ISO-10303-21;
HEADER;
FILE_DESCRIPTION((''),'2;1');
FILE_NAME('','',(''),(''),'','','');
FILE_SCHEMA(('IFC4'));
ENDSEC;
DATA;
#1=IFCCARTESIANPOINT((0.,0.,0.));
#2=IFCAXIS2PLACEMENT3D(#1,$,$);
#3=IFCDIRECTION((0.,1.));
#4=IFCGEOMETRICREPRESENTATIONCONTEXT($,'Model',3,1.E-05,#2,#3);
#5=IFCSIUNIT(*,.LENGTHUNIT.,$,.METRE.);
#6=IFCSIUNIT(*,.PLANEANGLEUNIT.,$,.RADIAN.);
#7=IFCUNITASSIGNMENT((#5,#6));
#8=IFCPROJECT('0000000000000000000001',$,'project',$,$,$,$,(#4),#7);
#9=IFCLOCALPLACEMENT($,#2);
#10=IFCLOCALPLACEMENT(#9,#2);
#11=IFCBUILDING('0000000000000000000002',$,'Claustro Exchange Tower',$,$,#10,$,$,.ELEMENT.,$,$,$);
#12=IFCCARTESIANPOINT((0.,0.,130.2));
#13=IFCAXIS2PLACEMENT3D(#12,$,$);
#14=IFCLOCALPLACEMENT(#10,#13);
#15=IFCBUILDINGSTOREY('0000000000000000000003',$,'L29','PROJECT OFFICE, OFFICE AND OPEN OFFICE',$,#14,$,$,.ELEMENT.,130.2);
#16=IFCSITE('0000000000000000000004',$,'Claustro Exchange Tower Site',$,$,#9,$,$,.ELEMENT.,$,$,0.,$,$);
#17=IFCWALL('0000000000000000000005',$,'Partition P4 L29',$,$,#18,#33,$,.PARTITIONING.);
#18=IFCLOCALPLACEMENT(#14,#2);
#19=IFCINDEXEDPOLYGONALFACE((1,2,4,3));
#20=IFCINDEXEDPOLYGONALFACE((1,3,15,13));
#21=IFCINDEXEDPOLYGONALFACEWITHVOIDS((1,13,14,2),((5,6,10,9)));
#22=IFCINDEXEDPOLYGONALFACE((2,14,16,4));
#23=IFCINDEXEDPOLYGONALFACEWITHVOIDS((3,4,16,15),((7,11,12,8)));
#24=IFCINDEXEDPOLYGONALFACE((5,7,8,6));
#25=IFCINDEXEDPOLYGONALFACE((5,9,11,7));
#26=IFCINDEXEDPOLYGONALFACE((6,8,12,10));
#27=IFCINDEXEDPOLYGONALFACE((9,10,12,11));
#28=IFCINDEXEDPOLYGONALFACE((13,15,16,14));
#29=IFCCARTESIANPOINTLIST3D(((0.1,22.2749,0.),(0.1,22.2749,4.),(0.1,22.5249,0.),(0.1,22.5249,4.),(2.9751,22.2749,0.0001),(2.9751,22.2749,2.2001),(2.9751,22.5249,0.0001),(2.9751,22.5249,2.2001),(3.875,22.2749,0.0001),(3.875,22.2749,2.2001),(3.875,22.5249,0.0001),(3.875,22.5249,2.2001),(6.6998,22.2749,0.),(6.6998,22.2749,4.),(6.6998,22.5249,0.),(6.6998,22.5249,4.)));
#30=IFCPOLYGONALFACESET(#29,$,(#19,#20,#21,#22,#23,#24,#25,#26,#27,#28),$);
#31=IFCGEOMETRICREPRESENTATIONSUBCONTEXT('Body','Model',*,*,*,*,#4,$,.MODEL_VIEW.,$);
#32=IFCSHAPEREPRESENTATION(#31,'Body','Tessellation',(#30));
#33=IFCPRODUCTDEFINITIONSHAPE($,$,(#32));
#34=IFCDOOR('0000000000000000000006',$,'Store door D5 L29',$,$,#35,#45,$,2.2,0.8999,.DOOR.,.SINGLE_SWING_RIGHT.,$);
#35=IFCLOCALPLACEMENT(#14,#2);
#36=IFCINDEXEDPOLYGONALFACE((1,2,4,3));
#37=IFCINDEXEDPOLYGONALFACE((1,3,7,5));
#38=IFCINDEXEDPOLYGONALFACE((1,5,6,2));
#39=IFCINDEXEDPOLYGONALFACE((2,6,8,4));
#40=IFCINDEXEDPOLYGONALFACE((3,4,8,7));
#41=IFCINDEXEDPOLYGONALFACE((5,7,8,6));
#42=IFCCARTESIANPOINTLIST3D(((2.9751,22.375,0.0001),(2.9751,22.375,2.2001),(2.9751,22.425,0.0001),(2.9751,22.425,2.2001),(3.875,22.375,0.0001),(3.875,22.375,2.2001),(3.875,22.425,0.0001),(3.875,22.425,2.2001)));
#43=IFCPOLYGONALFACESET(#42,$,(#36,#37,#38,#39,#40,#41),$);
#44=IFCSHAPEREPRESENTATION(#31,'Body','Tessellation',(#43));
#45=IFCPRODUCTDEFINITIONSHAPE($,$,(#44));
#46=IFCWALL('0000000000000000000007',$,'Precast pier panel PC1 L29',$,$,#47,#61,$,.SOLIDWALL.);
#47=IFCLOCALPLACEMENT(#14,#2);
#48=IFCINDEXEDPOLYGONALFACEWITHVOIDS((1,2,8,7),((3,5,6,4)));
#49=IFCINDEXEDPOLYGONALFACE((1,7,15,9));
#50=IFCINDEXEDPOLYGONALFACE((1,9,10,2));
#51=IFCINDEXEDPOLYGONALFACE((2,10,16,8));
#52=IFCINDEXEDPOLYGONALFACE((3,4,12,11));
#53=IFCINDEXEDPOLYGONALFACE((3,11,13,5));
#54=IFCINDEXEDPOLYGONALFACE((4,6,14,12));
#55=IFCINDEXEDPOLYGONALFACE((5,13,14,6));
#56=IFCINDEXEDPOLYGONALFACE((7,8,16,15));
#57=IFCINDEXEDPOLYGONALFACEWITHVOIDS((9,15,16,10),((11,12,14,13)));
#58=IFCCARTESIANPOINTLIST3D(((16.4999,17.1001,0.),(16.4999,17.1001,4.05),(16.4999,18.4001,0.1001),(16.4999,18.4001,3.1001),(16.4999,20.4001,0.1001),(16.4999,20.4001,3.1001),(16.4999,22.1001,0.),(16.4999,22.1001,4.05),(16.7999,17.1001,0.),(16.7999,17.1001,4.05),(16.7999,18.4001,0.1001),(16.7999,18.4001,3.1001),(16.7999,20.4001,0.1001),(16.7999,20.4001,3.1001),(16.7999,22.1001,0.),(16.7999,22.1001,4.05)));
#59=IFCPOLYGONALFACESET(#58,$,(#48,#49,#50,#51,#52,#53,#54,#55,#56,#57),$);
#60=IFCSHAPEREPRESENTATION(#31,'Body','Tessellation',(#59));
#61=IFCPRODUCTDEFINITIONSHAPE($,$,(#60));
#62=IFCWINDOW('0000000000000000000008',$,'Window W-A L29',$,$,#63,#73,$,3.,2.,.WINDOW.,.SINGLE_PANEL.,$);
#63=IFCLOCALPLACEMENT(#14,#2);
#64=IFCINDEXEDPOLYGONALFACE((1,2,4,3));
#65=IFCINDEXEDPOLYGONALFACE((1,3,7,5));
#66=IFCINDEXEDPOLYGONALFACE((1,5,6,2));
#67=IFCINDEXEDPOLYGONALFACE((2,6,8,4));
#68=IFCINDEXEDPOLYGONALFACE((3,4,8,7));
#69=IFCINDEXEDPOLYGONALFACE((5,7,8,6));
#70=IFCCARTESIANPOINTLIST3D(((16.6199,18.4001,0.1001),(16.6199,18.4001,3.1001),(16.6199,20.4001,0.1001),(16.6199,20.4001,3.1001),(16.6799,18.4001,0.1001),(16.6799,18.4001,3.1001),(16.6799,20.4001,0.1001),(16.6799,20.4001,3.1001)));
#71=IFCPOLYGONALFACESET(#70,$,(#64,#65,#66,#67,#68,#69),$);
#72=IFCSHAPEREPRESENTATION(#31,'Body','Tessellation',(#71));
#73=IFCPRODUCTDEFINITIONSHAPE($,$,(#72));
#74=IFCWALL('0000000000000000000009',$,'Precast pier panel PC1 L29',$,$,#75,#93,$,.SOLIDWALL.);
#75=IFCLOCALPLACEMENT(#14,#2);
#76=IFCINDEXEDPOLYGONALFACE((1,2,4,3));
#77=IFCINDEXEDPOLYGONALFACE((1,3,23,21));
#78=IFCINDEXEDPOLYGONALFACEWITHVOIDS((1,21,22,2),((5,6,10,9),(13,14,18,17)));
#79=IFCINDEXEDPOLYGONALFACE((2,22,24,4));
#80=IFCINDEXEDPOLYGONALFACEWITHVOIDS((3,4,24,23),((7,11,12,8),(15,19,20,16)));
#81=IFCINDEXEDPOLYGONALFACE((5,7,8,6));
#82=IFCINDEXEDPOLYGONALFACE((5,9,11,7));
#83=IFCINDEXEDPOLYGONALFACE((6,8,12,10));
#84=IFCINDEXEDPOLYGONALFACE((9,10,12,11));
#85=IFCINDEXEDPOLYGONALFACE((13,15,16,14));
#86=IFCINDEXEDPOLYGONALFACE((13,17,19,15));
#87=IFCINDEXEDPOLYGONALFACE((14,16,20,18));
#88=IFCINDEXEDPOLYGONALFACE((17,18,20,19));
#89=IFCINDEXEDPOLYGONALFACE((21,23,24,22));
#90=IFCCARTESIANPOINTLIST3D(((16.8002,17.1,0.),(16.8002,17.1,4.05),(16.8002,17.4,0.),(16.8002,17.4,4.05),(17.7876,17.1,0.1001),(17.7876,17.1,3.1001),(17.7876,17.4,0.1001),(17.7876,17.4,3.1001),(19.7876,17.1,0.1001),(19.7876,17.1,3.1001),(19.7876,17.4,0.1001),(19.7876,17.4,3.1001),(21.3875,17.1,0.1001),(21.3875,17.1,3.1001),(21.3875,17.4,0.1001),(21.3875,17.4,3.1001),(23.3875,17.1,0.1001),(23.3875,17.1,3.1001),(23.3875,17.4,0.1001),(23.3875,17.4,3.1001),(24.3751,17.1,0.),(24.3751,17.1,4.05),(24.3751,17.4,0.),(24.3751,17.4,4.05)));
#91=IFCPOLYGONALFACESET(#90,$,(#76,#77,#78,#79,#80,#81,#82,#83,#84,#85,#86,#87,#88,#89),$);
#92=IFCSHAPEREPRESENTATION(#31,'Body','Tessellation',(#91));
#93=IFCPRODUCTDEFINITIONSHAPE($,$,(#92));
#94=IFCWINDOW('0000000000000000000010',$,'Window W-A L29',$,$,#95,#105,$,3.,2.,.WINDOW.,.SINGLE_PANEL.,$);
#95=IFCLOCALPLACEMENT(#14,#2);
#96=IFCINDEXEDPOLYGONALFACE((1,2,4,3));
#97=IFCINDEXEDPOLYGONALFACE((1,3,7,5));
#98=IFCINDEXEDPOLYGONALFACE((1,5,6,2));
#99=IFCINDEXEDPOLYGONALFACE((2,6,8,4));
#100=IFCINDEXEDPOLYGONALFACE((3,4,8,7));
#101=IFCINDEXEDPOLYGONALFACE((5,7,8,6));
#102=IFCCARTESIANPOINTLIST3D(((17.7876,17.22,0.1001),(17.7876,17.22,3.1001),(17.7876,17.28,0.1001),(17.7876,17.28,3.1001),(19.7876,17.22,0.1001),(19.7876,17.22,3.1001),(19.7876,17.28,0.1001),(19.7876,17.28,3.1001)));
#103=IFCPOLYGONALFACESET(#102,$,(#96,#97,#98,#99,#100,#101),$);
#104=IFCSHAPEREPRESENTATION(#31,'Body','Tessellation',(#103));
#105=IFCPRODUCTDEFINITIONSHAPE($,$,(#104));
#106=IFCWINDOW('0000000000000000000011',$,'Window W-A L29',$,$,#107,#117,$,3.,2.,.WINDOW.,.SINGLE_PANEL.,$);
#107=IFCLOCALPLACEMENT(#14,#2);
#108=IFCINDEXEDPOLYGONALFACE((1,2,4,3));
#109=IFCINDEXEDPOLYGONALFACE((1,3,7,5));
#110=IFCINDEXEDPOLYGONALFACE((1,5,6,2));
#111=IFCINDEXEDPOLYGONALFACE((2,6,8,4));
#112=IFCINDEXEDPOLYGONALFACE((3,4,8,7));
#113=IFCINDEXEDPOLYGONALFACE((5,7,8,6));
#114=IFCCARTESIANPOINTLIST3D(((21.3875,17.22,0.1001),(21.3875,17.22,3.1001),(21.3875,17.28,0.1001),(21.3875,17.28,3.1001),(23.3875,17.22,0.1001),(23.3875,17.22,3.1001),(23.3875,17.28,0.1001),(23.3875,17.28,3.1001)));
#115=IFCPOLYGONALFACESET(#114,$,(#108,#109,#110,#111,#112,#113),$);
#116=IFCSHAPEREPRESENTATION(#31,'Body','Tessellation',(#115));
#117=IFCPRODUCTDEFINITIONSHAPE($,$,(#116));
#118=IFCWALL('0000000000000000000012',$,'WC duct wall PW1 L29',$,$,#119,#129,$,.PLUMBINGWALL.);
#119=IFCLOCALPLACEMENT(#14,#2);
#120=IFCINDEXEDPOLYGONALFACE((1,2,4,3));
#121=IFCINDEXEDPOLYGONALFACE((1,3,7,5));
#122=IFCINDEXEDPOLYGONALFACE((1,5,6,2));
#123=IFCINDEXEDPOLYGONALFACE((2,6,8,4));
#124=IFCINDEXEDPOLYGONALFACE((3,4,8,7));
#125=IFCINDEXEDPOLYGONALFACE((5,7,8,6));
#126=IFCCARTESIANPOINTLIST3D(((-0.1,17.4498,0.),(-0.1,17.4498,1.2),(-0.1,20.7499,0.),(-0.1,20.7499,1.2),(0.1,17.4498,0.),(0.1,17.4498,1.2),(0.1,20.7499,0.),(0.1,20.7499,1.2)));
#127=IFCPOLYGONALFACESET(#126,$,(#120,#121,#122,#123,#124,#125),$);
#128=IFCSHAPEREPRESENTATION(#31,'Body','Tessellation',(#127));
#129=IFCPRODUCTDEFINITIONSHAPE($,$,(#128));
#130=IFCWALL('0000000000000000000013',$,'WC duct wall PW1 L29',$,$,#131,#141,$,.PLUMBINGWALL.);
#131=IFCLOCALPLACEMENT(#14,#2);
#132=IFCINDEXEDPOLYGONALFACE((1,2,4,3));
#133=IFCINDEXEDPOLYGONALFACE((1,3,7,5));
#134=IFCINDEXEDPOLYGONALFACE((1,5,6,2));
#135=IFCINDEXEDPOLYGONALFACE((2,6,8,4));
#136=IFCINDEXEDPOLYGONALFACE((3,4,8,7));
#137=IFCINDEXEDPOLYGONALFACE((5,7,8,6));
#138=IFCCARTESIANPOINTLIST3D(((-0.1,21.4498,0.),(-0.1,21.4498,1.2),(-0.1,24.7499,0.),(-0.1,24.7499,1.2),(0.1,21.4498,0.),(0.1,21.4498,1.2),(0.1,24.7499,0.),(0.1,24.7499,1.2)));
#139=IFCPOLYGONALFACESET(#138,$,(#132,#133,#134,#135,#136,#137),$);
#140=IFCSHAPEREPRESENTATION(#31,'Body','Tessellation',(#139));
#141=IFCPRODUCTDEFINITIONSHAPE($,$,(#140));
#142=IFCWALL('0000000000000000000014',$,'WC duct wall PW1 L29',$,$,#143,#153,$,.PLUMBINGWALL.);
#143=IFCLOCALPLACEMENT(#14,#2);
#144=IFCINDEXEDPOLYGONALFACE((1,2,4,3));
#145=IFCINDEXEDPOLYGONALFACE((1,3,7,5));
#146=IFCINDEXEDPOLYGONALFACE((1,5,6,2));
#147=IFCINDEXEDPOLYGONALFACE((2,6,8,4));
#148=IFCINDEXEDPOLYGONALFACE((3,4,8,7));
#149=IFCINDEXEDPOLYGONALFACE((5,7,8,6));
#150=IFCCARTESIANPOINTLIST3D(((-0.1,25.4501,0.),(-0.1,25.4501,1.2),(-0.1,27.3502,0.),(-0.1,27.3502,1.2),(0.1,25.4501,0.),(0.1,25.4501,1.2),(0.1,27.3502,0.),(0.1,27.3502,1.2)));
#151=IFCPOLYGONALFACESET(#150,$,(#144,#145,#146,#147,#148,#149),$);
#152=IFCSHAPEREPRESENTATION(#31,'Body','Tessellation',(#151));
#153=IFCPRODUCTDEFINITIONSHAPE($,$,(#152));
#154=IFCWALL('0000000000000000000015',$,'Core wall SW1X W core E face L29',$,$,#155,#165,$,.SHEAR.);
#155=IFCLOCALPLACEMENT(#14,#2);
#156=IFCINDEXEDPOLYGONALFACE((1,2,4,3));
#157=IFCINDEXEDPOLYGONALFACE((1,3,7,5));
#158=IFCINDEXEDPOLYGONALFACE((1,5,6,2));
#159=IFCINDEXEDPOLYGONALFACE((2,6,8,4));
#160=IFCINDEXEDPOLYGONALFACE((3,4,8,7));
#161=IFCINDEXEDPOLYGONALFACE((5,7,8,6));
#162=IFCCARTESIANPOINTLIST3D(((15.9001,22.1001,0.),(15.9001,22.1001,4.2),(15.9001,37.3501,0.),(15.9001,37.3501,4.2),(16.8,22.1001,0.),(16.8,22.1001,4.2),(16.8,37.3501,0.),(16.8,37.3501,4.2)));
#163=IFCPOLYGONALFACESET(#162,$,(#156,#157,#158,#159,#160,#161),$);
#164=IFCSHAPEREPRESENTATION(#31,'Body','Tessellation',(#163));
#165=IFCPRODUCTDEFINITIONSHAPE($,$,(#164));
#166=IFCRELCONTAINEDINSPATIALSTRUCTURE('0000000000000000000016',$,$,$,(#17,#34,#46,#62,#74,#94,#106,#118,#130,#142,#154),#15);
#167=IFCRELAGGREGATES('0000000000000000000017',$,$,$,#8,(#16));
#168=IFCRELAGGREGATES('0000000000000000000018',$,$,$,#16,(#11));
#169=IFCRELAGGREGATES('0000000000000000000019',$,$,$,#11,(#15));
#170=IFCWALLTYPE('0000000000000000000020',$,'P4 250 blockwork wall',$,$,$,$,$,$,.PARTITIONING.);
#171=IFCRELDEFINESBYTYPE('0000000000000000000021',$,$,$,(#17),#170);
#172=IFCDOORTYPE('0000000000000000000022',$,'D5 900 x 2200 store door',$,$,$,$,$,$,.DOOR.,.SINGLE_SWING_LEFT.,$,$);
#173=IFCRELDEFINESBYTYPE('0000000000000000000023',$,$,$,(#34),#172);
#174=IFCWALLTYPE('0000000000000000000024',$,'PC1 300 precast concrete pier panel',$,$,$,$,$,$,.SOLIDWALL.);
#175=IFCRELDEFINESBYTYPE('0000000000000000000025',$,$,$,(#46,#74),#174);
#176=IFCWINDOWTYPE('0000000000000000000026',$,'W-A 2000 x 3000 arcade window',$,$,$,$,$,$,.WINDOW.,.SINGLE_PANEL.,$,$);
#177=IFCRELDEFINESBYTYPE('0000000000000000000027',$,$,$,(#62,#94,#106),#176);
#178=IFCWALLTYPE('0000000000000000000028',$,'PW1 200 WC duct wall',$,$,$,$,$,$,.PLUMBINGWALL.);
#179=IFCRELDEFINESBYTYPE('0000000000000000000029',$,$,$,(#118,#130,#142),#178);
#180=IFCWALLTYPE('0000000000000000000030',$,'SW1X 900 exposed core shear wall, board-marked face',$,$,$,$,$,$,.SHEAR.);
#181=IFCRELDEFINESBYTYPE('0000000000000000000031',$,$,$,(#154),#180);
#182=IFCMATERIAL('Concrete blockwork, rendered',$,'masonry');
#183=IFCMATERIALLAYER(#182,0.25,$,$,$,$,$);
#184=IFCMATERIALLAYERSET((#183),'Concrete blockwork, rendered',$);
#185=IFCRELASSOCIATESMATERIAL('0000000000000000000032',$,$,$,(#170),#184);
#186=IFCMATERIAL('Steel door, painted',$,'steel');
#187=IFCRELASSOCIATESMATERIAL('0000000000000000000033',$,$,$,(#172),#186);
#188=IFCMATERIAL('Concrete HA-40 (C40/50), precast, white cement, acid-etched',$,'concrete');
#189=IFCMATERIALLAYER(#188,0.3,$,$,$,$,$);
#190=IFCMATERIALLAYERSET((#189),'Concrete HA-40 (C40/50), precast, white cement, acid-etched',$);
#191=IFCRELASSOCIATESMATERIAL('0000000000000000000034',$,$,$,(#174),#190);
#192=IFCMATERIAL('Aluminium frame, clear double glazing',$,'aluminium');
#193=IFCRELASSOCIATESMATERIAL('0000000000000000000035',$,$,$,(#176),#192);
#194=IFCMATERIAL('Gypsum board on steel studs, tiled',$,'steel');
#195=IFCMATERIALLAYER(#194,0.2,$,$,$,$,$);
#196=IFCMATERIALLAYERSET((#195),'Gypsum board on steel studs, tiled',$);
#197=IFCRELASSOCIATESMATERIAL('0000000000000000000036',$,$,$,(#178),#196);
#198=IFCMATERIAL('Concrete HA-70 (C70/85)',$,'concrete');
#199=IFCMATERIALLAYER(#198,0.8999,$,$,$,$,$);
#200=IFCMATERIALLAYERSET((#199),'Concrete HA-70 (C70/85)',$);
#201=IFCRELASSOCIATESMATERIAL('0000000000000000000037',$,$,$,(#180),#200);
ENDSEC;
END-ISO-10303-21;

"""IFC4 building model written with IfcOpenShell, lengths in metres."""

from ifc_helpers import new_model, si_unit, direction, frame, frame_2d, origin, place, context, subcontext, project, spatial, rectangle, extrude, material, layer, layer_set, type_object, element, fill, save


model = new_model("IFC4")

# Units and contexts
model_context = context("Model", 3, precision=1e-05, world=origin(), true_north=direction((0.0, 1.0)))
body_context = subcontext(model_context, "Body", "Model", "MODEL_VIEW")
ifc_project = project(units=[si_unit("LENGTHUNIT", "METRE"), si_unit("PLANEANGLEUNIT", "RADIAN")], contexts=[model_context])

# Site, building, storey
site_placement = place(None, origin())
site = spatial("IfcSite", under=ifc_project, at=site_placement, Name="Claustro Exchange Tower Site", CompositionType="ELEMENT", RefElevation=0.0)
building_placement = place(site_placement, origin())
building = spatial("IfcBuilding", under=site, at=building_placement, Name="Claustro Exchange Tower", CompositionType="ELEMENT")
storey_placement = place(building_placement, frame((0.0, 0.0, 130.2)))
storey = spatial("IfcBuildingStorey", under=building, at=storey_placement, Name="L29", Description="PROJECT OFFICE, OFFICE AND OPEN OFFICE", CompositionType="ELEMENT", Elevation=130.2)

# Wall, opening, door
ifc_material_1 = material(Name="Concrete blockwork, rendered", Category="masonry")
ifc_layer_1 = layer(ifc_material_1, 0.25)
ifc_layer_set_1 = layer_set([ifc_layer_1], Name="Concrete blockwork, rendered")
wall_type_1 = type_object("IfcWallType", Name="P4 250 blockwork wall", PredefinedType="PARTITIONING", material=ifc_layer_set_1)
wall_1_placement = place(storey_placement, frame((0.1001, 22.3999, 0.0), z_axis=(0.0, 0.0, 1.0), x_axis=(1.0, 0.0, 0.0)))
wall_1 = element("IfcWall", 1, at=wall_1_placement, inside=storey, type_object=wall_type_1, Name="Partition P4 L29", PredefinedType="PARTITIONING", context=body_context, shape_type="SweptSolid", body=[
    extrude(rectangle(XDim=6.5999, YDim=0.25, at=frame_2d((3.2998, 0.0))), origin(), (0.0, 0.0, 1.0), 4.0),
])
opening_1_placement = place(wall_1_placement, frame((2.875, 0.0, 0.0)))
opening_1 = element("IfcOpeningElement", 2, at=opening_1_placement, cuts=wall_1, PredefinedType="OPENING", context=body_context, shape_type="SweptSolid", body=[
    extrude(rectangle(XDim=0.8999, YDim=2.2, at=frame_2d((0.45, 1.1001))), frame((0.0, 0.135, 0.0), z_axis=(0.0, -1.0, 0.0), x_axis=(1.0, 0.0, 0.0)), (0.0, 0.0, 1.0), 0.27),
])
ifc_material_2 = material(Name="Steel door, painted", Category="steel")
door_type_1 = type_object("IfcDoorType", Name="D5 900 x 2200 store door", OperationType="SINGLE_SWING_LEFT", PredefinedType="DOOR", material=ifc_material_2)
door_1_placement = place(opening_1_placement, frame((0.8999, 0.0, 0.0), z_axis=(0.0, 0.0, 1.0), x_axis=(-1.0, 0.0, 0.0)))
door_1 = element("IfcDoor", 3, at=door_1_placement, inside=storey, type_object=door_type_1, Name="Store door D5 L29", OperationType="SINGLE_SWING_RIGHT", OverallHeight=2.2, OverallWidth=0.8999, PredefinedType="DOOR", context=body_context, shape_type="SweptSolid", body=[
    extrude(rectangle(XDim=0.8999, YDim=2.2, at=frame_2d((0.45, 1.1001))), frame((0.0, 0.0249, 0.0), z_axis=(0.0, -1.0, 0.0), x_axis=(1.0, 0.0, 0.0)), (0.0, 0.0, 1.0), 0.05),
])
fill(opening_1, door_1)

# Wall, opening, window
ifc_material_3 = material(Name="Concrete HA-40 (C40/50), precast, white cement, acid-etched", Category="concrete")
ifc_layer_2 = layer(ifc_material_3, 0.3)
ifc_layer_set_2 = layer_set([ifc_layer_2], Name="Concrete HA-40 (C40/50), precast, white cement, acid-etched")
wall_type_2 = type_object("IfcWallType", Name="PC1 300 precast concrete pier panel", PredefinedType="SOLIDWALL", material=ifc_layer_set_2)
wall_2_placement = place(storey_placement, frame((16.6499, 17.1001, 0.0), z_axis=(0.0, 0.0, 1.0), x_axis=(0.0, 1.0, 0.0)))
wall_2 = element("IfcWall", 4, at=wall_2_placement, inside=storey, type_object=wall_type_2, Name="Precast pier panel PC1 L29", PredefinedType="SOLIDWALL", context=body_context, shape_type="SweptSolid", body=[
    extrude(rectangle(XDim=5.0, YDim=0.3, at=frame_2d((2.5, 0.0))), origin(), (0.0, 0.0, 1.0), 4.05),
])
opening_2_placement = place(wall_2_placement, frame((1.3, 0.0, 0.1001)))
opening_2 = element("IfcOpeningElement", 5, at=opening_2_placement, cuts=wall_2, PredefinedType="OPENING", context=body_context, shape_type="SweptSolid", body=[
    extrude(rectangle(XDim=2.0, YDim=3.0, at=frame_2d((1.0, 1.5))), frame((0.0, 0.1599, 0.0), z_axis=(0.0, -1.0, 0.0), x_axis=(1.0, 0.0, 0.0)), (0.0, 0.0, 1.0), 0.3201),
])
ifc_material_4 = material(Name="Aluminium frame, clear double glazing", Category="aluminium")
window_type = type_object("IfcWindowType", Name="W-A 2000 x 3000 arcade window", PartitioningType="SINGLE_PANEL", PredefinedType="WINDOW", material=ifc_material_4)
window_1_placement = place(opening_2_placement, origin())
window_1 = element("IfcWindow", 6, at=window_1_placement, inside=storey, type_object=window_type, Name="Window W-A L29", OverallHeight=3.0, OverallWidth=2.0, PartitioningType="SINGLE_PANEL", PredefinedType="WINDOW", context=body_context, shape_type="SweptSolid", body=[
    extrude(rectangle(XDim=2.0, YDim=3.0, at=frame_2d((1.0, 1.5))), frame((0.0, 0.03, 0.0), z_axis=(0.0, -1.0, 0.0), x_axis=(1.0, 0.0, 0.0)), (0.0, 0.0, 1.0), 0.0601),
])
fill(opening_2, window_1)

# Wall, openings, windows
wall_3_placement = place(storey_placement, frame((16.8, 17.25, 0.0), z_axis=(0.0, 0.0, 1.0), x_axis=(1.0, 0.0, 0.0)))
wall_3 = element("IfcWall", 7, at=wall_3_placement, inside=storey, type_object=wall_type_2, Name="Precast pier panel PC1 L29", PredefinedType="SOLIDWALL", context=body_context, shape_type="SweptSolid", body=[
    extrude(rectangle(XDim=7.575, YDim=0.3, at=frame_2d((3.7876, 0.0))), origin(), (0.0, 0.0, 1.0), 4.05),
])
opening_3_placement = place(wall_3_placement, frame((0.9875, 0.0, 0.1001)))
opening_3 = element("IfcOpeningElement", 8, at=opening_3_placement, cuts=wall_3, PredefinedType="OPENING", context=body_context, shape_type="SweptSolid", body=[
    extrude(rectangle(XDim=2.0, YDim=3.0, at=frame_2d((1.0, 1.5))), frame((0.0, 0.1599, 0.0), z_axis=(0.0, -1.0, 0.0), x_axis=(1.0, 0.0, 0.0)), (0.0, 0.0, 1.0), 0.3201),
])
opening_4_placement = place(wall_3_placement, frame((4.5874, 0.0, 0.1001)))
opening_4 = element("IfcOpeningElement", 9, at=opening_4_placement, cuts=wall_3, PredefinedType="OPENING", context=body_context, shape_type="SweptSolid", body=[
    extrude(rectangle(XDim=2.0, YDim=3.0, at=frame_2d((1.0, 1.5))), frame((0.0, 0.1599, 0.0), z_axis=(0.0, -1.0, 0.0), x_axis=(1.0, 0.0, 0.0)), (0.0, 0.0, 1.0), 0.3201),
])
window_2_placement = place(opening_3_placement, origin())
window_2 = element("IfcWindow", 10, at=window_2_placement, inside=storey, type_object=window_type, Name="Window W-A L29", OverallHeight=3.0, OverallWidth=2.0, PartitioningType="SINGLE_PANEL", PredefinedType="WINDOW", context=body_context, shape_type="SweptSolid", body=[
    extrude(rectangle(XDim=2.0, YDim=3.0, at=frame_2d((1.0, 1.5))), frame((0.0, 0.03, 0.0), z_axis=(0.0, -1.0, 0.0), x_axis=(1.0, 0.0, 0.0)), (0.0, 0.0, 1.0), 0.0601),
])
fill(opening_3, window_2)
window_3_placement = place(opening_4_placement, origin())
window_3 = element("IfcWindow", 11, at=window_3_placement, inside=storey, type_object=window_type, Name="Window W-A L29", OverallHeight=3.0, OverallWidth=2.0, PartitioningType="SINGLE_PANEL", PredefinedType="WINDOW", context=body_context, shape_type="SweptSolid", body=[
    extrude(rectangle(XDim=2.0, YDim=3.0, at=frame_2d((1.0, 1.5))), frame((0.0, 0.03, 0.0), z_axis=(0.0, -1.0, 0.0), x_axis=(1.0, 0.0, 0.0)), (0.0, 0.0, 1.0), 0.0601),
])
fill(opening_4, window_3)

# Walls
ifc_material_5 = material(Name="Gypsum board on steel studs, tiled", Category="steel")
ifc_layer_3 = layer(ifc_material_5, 0.2)
ifc_layer_set_3 = layer_set([ifc_layer_3], Name="Gypsum board on steel studs, tiled")
wall_type_3 = type_object("IfcWallType", Name="PW1 200 WC duct wall", PredefinedType="PLUMBINGWALL", material=ifc_layer_set_3)
for number, where, z_axis, x_axis, name in (
    (12, (0.0, 17.45, 0.0), (0.0, 0.0, 1.0), (0.0, 1.0, 0.0), "WC duct wall PW1 L29"),
    (13, (0.0, 21.45, 0.0), (0.0, 0.0, 1.0), (0.0, 1.0, 0.0), "WC duct wall PW1 L29"),
):
    element("IfcWall", number, at=place(storey_placement, frame(where, z_axis=z_axis, x_axis=x_axis)), inside=storey, type_object=wall_type_3, Name=name, PredefinedType="PLUMBINGWALL", context=body_context, shape_type="SweptSolid", body=[
        extrude(rectangle(XDim=3.3, YDim=0.2, at=frame_2d((1.6499, 0.0))), origin(), (0.0, 0.0, 1.0), 1.2),
    ])
wall_4_placement = place(storey_placement, frame((0.0, 25.45, 0.0), z_axis=(0.0, 0.0, 1.0), x_axis=(0.0, 1.0, 0.0)))
element("IfcWall", 14, at=wall_4_placement, inside=storey, type_object=wall_type_3, Name="WC duct wall PW1 L29", PredefinedType="PLUMBINGWALL", context=body_context, shape_type="SweptSolid", body=[
    extrude(rectangle(XDim=1.9001, YDim=0.2, at=frame_2d((0.9502, 0.0))), origin(), (0.0, 0.0, 1.0), 1.2),
])
ifc_material_6 = material(Name="Concrete HA-70 (C70/85)", Category="concrete")
ifc_layer_4 = layer(ifc_material_6, 0.8999)
ifc_layer_set_4 = layer_set([ifc_layer_4], Name="Concrete HA-70 (C70/85)")
wall_type_4 = type_object("IfcWallType", Name="SW1X 900 exposed core shear wall, board-marked face", PredefinedType="SHEAR", material=ifc_layer_set_4)
wall_5_placement = place(storey_placement, frame((16.3501, 22.1001, 0.0), z_axis=(0.0, 0.0, 1.0), x_axis=(0.0, 1.0, 0.0)))
element("IfcWall", 15, at=wall_5_placement, inside=storey, type_object=wall_type_4, Name="Core wall SW1X W core E face L29", PredefinedType="SHEAR", context=body_context, shape_type="SweptSolid", body=[
    extrude(rectangle(XDim=15.25, YDim=0.8999, at=frame_2d((7.625, 0.0))), origin(), (0.0, 0.0, 1.0), 4.2),
])

save(model, "model.ifc")
